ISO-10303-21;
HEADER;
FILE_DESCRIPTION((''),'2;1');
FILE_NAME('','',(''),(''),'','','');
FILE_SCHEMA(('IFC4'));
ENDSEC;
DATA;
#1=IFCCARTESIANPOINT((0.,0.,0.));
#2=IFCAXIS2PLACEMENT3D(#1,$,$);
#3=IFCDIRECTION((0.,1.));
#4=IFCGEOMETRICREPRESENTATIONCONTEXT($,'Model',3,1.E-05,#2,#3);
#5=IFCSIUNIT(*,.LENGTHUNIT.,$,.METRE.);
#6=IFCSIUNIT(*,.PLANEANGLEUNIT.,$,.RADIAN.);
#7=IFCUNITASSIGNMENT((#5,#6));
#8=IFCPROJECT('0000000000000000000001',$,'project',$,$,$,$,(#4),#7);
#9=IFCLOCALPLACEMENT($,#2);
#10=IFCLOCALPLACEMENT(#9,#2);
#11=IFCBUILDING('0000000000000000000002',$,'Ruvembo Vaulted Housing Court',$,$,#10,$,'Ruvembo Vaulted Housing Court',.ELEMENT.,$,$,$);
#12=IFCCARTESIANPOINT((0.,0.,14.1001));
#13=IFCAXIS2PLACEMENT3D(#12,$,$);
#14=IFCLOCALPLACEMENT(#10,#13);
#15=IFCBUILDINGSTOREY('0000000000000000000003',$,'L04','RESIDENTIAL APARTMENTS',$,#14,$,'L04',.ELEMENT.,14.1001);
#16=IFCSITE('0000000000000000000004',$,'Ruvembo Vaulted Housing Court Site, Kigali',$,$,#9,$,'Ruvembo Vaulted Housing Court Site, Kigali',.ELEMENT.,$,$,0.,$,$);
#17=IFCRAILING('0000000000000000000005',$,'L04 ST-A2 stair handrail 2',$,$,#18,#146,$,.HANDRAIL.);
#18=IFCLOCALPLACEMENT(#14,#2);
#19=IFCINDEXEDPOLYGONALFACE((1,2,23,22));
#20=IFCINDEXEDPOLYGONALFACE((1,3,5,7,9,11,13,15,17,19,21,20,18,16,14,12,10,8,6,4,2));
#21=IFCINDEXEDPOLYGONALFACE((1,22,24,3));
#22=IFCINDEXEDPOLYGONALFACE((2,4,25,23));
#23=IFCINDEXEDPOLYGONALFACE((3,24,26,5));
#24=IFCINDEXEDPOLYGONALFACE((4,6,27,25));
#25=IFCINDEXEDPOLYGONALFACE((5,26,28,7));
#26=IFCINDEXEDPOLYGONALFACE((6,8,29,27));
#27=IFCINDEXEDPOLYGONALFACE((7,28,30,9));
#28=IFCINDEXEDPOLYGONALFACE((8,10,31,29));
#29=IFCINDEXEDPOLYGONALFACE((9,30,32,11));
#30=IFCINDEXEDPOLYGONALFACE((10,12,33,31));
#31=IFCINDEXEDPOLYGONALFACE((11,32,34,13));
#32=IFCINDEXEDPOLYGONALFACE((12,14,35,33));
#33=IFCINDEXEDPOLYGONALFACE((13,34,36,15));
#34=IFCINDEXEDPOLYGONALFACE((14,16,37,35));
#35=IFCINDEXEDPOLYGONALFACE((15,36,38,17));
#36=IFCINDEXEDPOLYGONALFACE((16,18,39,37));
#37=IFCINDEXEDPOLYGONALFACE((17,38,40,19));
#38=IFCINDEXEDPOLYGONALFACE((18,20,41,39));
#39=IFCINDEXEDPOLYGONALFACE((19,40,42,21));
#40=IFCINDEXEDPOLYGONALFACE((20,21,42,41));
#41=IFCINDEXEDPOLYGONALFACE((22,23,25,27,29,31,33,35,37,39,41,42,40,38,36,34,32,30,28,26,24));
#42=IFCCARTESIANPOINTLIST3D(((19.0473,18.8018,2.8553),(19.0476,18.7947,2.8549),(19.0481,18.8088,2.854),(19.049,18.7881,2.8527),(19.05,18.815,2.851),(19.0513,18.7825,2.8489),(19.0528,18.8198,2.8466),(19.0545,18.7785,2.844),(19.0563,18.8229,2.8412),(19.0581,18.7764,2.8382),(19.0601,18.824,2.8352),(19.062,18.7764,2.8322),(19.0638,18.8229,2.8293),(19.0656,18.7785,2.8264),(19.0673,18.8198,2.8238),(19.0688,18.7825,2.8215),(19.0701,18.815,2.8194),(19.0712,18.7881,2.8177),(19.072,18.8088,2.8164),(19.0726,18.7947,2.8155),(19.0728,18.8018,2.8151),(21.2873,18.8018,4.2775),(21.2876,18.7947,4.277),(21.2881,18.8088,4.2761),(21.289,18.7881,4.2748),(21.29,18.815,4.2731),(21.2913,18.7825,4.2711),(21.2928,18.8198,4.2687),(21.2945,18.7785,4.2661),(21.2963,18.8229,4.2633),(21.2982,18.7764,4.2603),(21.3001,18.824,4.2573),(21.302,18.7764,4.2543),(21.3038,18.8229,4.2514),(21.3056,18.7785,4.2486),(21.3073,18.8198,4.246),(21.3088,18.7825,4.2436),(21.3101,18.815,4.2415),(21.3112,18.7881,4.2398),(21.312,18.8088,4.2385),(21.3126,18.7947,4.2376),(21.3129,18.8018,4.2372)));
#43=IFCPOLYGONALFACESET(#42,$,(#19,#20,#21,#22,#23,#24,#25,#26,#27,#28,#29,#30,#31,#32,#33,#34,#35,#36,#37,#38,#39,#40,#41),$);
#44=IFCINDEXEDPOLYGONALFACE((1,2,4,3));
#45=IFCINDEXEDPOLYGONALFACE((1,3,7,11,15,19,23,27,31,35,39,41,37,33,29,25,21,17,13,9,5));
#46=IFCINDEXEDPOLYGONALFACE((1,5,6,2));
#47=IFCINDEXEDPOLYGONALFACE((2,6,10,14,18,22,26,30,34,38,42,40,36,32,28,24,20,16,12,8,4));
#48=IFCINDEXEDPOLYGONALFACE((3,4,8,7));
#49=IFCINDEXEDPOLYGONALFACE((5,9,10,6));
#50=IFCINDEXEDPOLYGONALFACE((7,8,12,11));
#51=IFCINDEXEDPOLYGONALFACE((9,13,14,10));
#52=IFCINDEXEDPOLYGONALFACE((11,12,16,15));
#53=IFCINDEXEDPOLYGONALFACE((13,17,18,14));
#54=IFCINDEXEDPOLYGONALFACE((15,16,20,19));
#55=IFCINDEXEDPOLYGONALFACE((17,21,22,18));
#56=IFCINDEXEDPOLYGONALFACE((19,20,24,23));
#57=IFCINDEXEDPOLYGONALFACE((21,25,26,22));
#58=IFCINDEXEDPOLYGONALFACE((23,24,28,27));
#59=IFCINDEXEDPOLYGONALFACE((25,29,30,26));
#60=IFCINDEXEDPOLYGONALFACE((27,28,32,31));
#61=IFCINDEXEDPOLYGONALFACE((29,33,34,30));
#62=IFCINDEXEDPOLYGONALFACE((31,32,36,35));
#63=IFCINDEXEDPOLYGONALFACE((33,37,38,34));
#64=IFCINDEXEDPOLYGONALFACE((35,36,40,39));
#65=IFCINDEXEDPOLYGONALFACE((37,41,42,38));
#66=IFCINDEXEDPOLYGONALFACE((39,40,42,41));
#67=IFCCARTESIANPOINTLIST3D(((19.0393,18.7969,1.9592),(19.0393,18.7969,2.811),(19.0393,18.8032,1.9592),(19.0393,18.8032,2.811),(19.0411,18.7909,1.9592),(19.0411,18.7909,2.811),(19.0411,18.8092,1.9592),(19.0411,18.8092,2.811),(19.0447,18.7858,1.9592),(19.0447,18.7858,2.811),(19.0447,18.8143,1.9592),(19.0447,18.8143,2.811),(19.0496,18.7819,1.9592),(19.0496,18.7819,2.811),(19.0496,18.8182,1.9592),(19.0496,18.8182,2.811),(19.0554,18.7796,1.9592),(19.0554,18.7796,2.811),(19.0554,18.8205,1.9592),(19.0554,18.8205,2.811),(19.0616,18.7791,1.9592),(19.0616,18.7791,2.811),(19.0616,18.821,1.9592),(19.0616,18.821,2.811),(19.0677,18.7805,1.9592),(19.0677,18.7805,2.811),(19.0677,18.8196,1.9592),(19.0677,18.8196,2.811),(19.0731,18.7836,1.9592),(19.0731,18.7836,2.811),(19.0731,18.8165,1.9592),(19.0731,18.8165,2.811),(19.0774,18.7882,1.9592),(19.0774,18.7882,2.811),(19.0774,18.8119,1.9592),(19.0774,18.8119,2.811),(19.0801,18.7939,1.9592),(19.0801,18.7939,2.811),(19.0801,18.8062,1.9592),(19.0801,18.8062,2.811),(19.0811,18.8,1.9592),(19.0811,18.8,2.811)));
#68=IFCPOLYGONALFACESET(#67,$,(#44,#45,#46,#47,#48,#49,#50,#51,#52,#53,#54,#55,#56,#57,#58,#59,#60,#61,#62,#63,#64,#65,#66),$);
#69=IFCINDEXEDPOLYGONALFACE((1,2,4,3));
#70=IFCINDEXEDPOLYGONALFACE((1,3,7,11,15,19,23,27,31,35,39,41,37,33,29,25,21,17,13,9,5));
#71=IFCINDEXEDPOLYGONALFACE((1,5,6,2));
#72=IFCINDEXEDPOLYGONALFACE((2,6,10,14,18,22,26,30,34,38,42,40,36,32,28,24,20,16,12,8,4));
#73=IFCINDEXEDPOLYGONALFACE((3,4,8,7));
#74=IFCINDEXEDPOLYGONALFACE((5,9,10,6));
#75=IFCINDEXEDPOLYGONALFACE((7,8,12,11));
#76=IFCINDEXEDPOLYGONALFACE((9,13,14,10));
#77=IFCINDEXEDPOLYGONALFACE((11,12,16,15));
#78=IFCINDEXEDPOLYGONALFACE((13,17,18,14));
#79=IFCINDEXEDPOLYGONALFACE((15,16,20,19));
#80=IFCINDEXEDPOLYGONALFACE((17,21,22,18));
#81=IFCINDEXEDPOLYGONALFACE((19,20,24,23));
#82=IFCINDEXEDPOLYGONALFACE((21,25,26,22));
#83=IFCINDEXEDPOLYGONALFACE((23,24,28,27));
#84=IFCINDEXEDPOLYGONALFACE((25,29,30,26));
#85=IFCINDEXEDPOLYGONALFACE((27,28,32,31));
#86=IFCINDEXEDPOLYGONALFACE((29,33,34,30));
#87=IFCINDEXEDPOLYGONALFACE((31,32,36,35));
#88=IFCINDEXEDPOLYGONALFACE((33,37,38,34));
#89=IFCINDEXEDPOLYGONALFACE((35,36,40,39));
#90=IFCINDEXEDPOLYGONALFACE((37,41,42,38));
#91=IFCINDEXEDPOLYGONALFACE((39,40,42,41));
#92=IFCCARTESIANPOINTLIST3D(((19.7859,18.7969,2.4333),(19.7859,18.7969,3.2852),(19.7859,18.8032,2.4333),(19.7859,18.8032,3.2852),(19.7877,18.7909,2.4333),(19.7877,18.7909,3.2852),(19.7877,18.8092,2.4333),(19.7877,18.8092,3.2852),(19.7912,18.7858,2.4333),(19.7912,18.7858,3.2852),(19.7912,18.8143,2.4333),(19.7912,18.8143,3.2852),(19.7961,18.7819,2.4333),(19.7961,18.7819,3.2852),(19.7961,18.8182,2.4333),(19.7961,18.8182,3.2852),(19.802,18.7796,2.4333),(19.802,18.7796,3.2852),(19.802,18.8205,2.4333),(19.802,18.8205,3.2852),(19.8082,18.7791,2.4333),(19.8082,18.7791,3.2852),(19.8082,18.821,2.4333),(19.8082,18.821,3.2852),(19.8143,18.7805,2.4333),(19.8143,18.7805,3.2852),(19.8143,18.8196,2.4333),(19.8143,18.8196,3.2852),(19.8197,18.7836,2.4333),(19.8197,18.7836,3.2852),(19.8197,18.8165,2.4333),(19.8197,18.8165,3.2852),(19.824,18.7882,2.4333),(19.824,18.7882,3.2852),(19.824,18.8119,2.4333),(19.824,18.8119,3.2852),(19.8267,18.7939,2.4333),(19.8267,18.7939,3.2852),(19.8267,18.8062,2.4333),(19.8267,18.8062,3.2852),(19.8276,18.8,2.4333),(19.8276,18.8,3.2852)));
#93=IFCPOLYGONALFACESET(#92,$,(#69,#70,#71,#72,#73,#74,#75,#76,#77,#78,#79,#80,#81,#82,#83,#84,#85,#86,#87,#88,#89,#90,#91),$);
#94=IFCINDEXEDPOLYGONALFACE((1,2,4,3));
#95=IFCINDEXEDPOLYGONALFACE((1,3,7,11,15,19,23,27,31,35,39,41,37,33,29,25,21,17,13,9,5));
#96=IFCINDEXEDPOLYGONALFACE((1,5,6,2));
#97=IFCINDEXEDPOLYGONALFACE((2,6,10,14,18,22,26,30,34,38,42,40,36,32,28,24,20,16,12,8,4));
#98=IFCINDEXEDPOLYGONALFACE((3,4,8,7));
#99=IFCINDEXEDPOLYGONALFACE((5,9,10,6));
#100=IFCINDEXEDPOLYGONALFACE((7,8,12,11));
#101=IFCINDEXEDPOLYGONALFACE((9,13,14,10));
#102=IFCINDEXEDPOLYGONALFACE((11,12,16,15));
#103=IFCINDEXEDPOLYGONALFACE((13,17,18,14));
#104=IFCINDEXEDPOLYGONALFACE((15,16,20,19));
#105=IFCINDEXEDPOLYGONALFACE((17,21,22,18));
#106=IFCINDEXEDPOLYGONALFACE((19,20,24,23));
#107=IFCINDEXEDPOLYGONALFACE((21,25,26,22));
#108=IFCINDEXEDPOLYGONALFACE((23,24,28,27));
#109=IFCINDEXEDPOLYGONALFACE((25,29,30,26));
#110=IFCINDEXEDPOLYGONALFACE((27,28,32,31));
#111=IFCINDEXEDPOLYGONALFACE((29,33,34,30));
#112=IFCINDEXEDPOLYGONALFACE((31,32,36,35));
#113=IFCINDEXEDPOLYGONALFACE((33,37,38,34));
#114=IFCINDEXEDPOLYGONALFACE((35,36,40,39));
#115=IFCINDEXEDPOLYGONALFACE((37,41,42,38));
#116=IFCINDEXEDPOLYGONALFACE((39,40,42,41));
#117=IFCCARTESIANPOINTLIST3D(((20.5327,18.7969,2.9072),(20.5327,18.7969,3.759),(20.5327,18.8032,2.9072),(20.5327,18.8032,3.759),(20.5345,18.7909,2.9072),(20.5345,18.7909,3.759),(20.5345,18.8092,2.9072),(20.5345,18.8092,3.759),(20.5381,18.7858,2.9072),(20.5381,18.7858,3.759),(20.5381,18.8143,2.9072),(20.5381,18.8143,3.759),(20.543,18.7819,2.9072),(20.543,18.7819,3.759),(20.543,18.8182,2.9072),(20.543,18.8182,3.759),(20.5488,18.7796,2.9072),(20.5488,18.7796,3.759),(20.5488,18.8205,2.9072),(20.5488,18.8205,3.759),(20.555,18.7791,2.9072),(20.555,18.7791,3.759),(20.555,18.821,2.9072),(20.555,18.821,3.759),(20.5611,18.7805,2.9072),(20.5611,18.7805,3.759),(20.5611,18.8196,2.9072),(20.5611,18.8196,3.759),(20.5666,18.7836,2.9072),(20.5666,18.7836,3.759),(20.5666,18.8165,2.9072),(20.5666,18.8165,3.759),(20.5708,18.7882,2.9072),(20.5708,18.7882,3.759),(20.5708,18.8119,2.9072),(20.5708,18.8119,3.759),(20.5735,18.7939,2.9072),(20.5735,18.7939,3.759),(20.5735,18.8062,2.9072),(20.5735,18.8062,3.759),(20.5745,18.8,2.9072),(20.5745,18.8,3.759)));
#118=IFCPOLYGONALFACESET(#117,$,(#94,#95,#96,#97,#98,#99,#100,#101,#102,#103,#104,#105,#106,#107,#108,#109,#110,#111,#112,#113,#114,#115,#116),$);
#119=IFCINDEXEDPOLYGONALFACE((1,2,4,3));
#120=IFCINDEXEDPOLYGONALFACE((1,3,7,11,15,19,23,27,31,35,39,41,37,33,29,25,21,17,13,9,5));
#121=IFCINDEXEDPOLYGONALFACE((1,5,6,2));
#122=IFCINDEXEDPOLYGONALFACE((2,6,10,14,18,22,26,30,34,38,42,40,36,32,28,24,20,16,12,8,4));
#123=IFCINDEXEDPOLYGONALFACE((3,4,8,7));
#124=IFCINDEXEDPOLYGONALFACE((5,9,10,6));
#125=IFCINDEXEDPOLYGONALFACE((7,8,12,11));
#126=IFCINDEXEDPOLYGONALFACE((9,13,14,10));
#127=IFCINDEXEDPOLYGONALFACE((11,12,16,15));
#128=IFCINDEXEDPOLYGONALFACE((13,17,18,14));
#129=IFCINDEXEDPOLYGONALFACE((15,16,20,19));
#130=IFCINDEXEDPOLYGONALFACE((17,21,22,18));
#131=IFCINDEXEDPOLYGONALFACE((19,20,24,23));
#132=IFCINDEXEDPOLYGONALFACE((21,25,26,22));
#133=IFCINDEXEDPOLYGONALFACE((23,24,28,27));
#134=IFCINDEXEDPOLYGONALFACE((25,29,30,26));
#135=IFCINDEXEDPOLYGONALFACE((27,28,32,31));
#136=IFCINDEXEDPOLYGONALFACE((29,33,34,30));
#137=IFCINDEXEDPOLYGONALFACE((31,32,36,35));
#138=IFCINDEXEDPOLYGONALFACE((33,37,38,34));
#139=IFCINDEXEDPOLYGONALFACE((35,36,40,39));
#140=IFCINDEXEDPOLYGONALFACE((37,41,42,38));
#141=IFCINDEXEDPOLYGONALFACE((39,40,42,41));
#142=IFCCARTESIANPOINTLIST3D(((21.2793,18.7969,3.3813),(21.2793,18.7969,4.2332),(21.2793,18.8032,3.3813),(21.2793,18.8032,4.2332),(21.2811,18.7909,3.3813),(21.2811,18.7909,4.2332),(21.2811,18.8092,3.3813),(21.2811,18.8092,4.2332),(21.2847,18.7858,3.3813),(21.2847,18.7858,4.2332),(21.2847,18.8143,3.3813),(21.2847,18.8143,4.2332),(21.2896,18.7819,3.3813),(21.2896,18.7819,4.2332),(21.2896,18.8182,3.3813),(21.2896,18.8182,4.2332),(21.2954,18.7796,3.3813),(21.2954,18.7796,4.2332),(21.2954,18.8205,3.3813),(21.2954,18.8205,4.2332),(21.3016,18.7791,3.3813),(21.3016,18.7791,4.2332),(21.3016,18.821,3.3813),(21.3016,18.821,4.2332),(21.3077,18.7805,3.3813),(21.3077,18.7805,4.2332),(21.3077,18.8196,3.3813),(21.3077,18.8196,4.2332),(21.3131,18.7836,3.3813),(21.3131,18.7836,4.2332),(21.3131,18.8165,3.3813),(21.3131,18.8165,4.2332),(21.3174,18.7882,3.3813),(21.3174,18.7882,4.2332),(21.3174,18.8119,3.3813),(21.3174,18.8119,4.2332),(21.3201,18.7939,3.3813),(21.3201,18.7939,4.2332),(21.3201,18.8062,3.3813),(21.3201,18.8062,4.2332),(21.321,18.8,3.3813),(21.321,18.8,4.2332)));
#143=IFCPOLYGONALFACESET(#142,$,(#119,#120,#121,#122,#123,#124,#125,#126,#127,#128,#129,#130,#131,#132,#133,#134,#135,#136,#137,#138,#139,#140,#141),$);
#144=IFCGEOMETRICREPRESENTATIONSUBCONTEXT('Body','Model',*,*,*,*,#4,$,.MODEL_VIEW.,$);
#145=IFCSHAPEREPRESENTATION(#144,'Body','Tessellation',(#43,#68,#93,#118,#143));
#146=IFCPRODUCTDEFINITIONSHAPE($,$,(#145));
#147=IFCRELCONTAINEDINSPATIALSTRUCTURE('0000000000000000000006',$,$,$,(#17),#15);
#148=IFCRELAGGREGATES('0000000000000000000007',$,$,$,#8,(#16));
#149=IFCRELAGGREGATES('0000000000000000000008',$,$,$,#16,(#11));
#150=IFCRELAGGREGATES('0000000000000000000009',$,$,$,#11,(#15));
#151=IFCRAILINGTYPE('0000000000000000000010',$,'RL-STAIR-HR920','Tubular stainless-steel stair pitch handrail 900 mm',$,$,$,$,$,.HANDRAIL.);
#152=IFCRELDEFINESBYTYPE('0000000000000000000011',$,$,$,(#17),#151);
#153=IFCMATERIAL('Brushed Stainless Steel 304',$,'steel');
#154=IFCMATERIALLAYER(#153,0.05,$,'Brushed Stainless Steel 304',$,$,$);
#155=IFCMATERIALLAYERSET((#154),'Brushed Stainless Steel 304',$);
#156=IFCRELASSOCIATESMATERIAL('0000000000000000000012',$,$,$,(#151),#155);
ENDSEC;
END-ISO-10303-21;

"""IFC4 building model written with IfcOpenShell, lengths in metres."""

from ifc_helpers import new_model, si_unit, direction, frame, origin, origin_2d, place, context, subcontext, project, spatial, circle, extrude, material, layer, layer_set, type_object, element, save


model = new_model("IFC4")

# Units and contexts
model_context = context("Model", 3, precision=1e-05, world=origin(), true_north=direction((0.0, 1.0)))
body_context = subcontext(model_context, "Body", "Model", "MODEL_VIEW")
ifc_project = project(units=[si_unit("LENGTHUNIT", "METRE"), si_unit("PLANEANGLEUNIT", "RADIAN")], contexts=[model_context])

# Site, building, storey
site_placement = place(None, origin())
site = spatial("IfcSite", under=ifc_project, at=site_placement, Name="Ruvembo Vaulted Housing Court Site, Kigali", LongName="Ruvembo Vaulted Housing Court Site, Kigali", CompositionType="ELEMENT", RefElevation=0.0)
building_placement = place(site_placement, origin())
building = spatial("IfcBuilding", under=site, at=building_placement, Name="Ruvembo Vaulted Housing Court", LongName="Ruvembo Vaulted Housing Court", CompositionType="ELEMENT")
storey_placement = place(building_placement, frame((0.0, 0.0, 14.1001)))
storey = spatial("IfcBuildingStorey", under=building, at=storey_placement, Name="L04", Description="RESIDENTIAL APARTMENTS", LongName="L04", CompositionType="ELEMENT", Elevation=14.1001)

# Railing
ifc_material_1 = material(Name="Brushed Stainless Steel 304", Category="steel")
ifc_layer_1 = layer(ifc_material_1, 0.05, Name="Brushed Stainless Steel 304")
ifc_layer_set_1 = layer_set([ifc_layer_1], Name="Brushed Stainless Steel 304")
railing_type_1 = type_object("IfcRailingType", Name="RL-STAIR-HR920", Description="Tubular stainless-steel stair pitch handrail 900 mm", PredefinedType="HANDRAIL", material=ifc_layer_set_1)
railing_1_placement = place(storey_placement, frame((19.0601, 18.8, 1.9592)))
element("IfcRailing", 1, at=railing_1_placement, inside=storey, type_object=railing_type_1, Name="L04 ST-A2 stair handrail 2", PredefinedType="HANDRAIL", context=body_context, shape_type="SweptSolid", body=[
    extrude(circle(Radius=0.0239, at=origin_2d()), frame((0.0, 0.0, 0.876), z_axis=(0.844229, 0.0, 0.535982), x_axis=(0.0, 1.0, 0.0)), (0.0, 0.0, 1.0), 2.6533),
    extrude(circle(Radius=0.021, at=origin_2d()), origin(), (0.0, 0.0, 1.0), 0.8518),
    extrude(circle(Radius=0.021, at=origin_2d()), frame((0.7466, 0.0, 0.4741)), (0.0, 0.0, 1.0), 0.8518),
    extrude(circle(Radius=0.021, at=origin_2d()), frame((1.4934, 0.0, 0.948)), (0.0, 0.0, 1.0), 0.8518),
    extrude(circle(Radius=0.021, at=origin_2d()), frame((2.24, 0.0, 1.4221)), (0.0, 0.0, 1.0), 0.8518),
])

save(model, "model.ifc")
